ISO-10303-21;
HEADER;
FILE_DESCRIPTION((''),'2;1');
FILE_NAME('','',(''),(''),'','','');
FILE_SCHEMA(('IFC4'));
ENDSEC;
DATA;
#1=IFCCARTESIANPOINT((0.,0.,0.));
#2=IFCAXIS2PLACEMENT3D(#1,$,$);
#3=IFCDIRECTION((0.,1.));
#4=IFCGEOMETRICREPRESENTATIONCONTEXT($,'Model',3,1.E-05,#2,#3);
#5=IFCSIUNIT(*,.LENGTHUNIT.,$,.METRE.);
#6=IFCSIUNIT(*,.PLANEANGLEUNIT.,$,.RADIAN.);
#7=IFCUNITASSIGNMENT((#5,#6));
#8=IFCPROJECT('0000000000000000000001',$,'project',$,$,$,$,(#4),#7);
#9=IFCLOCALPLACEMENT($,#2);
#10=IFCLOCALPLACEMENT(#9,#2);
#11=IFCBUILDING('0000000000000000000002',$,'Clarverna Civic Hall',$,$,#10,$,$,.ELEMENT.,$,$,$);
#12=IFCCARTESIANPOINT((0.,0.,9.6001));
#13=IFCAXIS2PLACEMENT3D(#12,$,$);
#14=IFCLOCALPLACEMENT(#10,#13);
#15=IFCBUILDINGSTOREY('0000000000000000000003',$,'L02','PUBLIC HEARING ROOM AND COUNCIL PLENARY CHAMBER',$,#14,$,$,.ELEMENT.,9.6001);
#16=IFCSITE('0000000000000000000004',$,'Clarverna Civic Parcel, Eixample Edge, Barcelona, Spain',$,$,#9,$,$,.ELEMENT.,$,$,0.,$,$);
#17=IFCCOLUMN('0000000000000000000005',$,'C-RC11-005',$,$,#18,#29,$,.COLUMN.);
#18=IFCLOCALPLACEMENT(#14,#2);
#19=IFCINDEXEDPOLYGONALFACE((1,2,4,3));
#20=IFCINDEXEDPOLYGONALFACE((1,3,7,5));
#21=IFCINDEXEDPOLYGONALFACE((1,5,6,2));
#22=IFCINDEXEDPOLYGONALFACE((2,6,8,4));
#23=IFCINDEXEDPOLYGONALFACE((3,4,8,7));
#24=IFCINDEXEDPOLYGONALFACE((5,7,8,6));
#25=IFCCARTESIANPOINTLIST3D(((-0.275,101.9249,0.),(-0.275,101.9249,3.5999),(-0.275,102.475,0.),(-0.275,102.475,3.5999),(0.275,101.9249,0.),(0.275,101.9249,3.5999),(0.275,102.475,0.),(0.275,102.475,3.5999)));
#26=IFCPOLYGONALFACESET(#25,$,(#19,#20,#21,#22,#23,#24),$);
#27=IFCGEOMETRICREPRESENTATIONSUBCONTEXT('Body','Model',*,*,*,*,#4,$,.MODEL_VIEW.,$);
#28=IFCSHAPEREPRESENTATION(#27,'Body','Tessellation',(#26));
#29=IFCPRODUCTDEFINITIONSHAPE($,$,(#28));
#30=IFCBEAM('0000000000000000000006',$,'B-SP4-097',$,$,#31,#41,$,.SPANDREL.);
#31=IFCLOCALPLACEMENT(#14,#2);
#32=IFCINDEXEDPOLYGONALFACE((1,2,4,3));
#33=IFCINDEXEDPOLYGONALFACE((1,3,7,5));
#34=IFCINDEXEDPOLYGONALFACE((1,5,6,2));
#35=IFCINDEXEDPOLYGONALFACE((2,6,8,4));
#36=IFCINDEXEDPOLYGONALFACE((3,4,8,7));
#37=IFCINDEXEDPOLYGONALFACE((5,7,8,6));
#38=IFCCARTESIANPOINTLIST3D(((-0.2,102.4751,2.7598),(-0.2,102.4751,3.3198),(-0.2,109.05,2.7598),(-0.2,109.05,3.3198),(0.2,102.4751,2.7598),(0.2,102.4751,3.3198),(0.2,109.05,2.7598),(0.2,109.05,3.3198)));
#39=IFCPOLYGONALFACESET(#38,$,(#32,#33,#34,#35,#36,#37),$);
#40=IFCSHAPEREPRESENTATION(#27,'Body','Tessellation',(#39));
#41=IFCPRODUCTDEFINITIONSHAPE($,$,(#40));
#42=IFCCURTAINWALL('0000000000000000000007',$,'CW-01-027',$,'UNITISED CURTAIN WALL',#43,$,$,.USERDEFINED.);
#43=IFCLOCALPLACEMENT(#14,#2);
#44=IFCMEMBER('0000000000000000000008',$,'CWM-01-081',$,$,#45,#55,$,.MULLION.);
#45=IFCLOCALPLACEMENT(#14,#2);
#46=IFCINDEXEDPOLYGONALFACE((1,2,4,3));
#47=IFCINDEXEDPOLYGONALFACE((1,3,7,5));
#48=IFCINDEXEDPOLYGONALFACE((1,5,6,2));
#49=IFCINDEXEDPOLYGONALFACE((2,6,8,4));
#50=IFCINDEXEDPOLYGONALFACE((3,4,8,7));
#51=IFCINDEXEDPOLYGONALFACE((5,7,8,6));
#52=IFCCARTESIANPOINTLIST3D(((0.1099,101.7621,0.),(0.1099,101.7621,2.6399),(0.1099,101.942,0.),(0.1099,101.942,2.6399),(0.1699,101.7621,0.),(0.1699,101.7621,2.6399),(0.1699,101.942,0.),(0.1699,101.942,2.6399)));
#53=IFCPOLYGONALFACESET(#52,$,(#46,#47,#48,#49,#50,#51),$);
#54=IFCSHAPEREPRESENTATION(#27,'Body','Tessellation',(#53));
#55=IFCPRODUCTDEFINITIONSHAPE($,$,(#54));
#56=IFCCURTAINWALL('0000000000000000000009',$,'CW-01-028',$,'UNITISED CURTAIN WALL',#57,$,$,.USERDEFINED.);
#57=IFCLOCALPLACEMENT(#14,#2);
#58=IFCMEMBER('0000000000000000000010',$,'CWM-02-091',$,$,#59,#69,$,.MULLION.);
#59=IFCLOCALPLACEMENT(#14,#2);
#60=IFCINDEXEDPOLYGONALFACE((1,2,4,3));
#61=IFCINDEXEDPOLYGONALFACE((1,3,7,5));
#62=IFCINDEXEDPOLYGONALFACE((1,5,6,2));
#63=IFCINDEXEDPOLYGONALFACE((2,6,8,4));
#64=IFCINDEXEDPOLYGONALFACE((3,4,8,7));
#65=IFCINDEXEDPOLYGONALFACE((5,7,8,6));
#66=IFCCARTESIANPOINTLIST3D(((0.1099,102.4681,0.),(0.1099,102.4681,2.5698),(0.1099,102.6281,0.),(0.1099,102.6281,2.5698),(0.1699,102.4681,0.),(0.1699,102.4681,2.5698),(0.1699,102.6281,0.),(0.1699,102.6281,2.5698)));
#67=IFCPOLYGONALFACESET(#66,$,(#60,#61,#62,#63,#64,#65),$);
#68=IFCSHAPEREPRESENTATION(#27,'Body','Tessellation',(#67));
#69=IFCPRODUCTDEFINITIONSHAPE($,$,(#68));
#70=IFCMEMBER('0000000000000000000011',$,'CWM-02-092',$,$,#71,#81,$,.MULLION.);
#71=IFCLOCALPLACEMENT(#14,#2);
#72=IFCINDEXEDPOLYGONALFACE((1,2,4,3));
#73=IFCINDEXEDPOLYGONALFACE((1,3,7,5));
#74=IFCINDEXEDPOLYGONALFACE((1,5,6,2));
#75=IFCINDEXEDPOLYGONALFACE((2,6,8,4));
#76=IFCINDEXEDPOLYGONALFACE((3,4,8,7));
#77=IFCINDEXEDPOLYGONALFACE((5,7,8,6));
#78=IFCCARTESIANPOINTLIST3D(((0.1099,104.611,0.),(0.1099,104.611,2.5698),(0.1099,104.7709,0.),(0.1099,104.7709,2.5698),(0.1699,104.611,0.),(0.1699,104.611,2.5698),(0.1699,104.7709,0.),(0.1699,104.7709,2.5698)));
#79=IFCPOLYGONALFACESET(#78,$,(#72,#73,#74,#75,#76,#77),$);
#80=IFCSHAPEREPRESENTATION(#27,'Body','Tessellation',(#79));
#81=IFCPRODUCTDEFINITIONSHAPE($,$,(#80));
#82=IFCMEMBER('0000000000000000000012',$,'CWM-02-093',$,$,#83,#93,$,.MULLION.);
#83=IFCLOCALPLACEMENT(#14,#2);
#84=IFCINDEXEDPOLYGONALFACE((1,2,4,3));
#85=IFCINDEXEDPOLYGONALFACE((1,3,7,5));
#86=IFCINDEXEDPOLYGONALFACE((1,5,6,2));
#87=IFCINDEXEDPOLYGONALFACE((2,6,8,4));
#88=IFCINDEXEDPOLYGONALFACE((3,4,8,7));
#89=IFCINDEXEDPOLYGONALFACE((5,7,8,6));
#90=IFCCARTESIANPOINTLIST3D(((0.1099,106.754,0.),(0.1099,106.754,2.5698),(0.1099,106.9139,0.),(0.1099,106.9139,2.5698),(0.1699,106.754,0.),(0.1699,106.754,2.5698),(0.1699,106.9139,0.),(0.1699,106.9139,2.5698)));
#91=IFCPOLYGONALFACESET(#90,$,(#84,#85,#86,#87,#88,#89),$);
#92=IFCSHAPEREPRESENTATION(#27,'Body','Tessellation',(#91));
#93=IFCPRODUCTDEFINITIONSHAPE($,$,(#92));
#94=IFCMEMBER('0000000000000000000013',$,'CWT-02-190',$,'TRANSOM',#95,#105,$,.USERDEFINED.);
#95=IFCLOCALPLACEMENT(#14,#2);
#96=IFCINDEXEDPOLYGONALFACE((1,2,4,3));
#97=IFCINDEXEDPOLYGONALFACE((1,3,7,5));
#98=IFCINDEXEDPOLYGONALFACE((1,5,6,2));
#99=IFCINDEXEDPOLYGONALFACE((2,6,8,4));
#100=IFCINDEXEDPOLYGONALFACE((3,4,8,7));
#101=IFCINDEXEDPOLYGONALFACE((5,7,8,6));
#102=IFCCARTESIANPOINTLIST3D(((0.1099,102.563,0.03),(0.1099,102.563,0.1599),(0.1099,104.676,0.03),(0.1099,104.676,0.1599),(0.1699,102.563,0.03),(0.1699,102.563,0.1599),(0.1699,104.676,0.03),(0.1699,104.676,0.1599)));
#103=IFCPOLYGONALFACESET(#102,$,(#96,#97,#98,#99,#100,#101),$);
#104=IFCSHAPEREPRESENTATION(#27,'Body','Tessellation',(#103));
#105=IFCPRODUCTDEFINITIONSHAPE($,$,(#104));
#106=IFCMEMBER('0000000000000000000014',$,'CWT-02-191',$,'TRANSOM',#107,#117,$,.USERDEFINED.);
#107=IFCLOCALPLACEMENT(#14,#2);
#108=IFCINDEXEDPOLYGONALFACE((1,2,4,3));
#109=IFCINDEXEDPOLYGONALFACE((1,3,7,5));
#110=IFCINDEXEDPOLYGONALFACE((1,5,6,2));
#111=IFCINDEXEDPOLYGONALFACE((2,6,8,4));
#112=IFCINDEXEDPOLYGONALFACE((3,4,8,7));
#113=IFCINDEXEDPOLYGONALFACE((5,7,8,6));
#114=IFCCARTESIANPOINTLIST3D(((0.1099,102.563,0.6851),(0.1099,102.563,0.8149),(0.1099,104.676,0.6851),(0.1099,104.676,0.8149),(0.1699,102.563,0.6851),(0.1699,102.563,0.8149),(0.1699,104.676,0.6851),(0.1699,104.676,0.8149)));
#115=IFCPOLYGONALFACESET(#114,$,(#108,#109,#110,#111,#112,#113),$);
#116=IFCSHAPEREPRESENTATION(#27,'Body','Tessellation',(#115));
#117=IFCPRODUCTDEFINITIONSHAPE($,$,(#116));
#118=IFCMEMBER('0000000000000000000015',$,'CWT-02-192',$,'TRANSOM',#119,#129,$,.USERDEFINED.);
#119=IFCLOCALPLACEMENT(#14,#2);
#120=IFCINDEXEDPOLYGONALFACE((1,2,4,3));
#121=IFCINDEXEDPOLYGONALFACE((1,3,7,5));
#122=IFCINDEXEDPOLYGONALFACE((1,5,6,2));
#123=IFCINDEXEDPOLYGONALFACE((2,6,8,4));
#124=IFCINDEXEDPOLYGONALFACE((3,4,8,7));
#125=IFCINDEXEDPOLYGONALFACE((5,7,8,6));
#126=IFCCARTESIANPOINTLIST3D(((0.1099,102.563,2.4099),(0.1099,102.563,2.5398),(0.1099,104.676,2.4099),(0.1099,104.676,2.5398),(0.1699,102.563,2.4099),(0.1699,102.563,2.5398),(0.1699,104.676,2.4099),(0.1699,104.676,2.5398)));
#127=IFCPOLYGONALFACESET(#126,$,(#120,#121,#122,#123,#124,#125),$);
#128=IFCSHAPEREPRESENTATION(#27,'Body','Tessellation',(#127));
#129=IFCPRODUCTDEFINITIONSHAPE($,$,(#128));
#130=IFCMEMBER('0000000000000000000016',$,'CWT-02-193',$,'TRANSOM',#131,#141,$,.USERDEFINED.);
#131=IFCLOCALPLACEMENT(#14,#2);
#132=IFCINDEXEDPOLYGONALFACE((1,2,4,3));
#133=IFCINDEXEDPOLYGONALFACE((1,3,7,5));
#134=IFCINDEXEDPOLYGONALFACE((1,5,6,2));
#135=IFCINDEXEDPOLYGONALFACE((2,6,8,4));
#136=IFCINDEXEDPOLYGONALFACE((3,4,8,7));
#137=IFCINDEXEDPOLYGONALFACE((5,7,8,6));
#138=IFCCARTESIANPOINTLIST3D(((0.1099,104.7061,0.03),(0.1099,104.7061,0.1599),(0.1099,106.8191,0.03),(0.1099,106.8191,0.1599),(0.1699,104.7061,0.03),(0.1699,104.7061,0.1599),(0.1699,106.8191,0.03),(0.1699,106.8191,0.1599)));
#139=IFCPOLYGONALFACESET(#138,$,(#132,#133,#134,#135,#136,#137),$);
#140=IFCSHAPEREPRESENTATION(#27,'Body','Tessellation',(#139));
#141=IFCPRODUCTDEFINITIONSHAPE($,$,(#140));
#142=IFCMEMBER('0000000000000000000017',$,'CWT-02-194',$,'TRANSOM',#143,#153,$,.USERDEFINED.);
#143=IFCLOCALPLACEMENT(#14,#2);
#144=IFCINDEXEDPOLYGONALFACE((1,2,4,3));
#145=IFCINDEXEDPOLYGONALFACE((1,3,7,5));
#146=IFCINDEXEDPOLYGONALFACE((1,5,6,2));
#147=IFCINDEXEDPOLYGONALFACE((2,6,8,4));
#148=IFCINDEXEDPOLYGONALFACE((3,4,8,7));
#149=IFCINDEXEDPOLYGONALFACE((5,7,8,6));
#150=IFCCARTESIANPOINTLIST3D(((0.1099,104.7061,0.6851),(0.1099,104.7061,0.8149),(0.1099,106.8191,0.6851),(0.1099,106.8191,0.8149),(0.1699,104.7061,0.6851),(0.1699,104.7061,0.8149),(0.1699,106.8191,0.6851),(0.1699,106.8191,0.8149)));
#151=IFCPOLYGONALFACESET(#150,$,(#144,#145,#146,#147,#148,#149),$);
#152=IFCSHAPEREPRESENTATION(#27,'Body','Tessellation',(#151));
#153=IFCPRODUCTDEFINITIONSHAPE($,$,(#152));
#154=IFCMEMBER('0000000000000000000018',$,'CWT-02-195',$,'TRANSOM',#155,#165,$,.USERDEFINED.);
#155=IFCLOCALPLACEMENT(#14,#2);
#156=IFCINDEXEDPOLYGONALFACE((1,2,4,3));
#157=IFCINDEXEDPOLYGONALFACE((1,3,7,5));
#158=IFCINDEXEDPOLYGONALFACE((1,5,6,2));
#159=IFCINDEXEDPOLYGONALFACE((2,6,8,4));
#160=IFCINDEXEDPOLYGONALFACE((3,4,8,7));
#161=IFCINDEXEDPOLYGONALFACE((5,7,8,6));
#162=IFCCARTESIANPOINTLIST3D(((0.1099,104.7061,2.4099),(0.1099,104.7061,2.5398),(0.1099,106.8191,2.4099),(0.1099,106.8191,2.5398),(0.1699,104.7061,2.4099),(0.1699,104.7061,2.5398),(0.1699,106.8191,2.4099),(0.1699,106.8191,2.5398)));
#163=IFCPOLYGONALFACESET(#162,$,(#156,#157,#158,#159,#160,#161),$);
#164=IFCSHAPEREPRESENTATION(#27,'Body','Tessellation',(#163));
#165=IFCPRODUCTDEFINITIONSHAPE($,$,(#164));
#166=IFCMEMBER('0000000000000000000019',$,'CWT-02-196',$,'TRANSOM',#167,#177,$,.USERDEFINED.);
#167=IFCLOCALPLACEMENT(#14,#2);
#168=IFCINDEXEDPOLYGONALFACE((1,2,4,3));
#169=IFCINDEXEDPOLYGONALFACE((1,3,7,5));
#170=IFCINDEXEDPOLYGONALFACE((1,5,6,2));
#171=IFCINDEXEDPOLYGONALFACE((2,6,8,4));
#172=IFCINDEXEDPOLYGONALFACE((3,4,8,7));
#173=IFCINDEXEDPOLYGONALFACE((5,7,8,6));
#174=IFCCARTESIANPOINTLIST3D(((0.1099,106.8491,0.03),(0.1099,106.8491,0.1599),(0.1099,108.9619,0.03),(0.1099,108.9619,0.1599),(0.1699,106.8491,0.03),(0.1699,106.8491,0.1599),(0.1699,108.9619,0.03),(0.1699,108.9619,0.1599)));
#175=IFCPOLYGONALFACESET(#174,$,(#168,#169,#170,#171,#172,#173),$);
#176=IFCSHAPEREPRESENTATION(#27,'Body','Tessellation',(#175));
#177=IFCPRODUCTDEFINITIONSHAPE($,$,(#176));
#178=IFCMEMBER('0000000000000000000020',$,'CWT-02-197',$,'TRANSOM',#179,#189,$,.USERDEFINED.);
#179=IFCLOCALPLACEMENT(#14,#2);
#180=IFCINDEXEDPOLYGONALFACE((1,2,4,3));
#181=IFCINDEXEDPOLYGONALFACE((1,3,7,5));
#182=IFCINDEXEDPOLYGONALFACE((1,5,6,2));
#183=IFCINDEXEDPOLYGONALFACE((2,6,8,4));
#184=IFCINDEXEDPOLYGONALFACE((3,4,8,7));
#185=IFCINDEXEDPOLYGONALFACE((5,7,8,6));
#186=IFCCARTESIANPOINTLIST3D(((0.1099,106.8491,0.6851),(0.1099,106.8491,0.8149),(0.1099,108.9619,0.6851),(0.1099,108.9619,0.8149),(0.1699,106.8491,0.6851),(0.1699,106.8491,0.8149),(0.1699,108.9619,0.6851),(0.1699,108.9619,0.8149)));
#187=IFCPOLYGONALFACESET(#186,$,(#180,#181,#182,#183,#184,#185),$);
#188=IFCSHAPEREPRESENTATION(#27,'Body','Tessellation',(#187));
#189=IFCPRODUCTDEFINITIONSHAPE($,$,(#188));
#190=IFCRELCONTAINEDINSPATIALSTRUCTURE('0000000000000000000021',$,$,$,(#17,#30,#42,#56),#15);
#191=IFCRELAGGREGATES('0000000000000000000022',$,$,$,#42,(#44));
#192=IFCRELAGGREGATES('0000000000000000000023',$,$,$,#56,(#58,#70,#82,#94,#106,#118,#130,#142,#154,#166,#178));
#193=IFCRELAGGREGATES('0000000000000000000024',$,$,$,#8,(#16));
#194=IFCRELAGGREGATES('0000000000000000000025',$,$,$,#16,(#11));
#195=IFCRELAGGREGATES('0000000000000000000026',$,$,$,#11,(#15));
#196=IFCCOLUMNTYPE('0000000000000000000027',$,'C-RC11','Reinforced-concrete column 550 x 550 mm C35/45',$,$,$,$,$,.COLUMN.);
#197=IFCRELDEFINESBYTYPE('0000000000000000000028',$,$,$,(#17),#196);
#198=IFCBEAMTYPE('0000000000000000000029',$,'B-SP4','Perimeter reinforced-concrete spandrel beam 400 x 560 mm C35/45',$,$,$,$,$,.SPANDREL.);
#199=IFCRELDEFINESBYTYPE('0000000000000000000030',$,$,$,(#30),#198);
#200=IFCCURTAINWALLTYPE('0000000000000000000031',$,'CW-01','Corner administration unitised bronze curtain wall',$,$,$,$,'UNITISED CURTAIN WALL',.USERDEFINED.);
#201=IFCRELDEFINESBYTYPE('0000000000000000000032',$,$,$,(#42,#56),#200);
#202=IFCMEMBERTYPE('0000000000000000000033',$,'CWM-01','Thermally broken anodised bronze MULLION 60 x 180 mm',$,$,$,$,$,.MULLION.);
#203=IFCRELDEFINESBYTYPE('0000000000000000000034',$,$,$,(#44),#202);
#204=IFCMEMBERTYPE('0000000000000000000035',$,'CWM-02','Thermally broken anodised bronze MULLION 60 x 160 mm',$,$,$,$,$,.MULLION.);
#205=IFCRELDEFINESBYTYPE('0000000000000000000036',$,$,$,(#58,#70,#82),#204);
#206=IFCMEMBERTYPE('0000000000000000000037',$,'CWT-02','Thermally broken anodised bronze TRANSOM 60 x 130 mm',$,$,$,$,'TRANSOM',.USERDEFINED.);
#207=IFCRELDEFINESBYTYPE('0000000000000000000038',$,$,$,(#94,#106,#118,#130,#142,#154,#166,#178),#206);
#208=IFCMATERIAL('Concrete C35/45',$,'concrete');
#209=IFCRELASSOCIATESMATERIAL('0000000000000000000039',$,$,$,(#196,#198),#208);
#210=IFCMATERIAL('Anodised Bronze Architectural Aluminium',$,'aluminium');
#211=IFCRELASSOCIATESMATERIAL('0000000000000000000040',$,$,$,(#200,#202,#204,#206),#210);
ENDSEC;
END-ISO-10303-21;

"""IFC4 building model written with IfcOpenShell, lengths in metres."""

from ifc_helpers import new_model, si_unit, direction, frame, origin, origin_2d, place, context, subcontext, project, spatial, rectangle, extrude, material, material_profile, profile_set, type_object, element, aggregate, save


model = new_model("IFC4")

# Units and contexts
model_context = context("Model", 3, precision=1e-05, world=origin(), true_north=direction((0.0, 1.0)))
body_context = subcontext(model_context, "Body", "Model", "MODEL_VIEW")
ifc_project = project(units=[si_unit("LENGTHUNIT", "METRE"), si_unit("PLANEANGLEUNIT", "RADIAN")], contexts=[model_context])

# Site, building, storey
site_placement = place(None, origin())
site = spatial("IfcSite", under=ifc_project, at=site_placement, Name="Clarverna Civic Parcel, Eixample Edge, Barcelona, Spain", CompositionType="ELEMENT", RefElevation=0.0)
building_placement = place(site_placement, origin())
building = spatial("IfcBuilding", under=site, at=building_placement, Name="Clarverna Civic Hall", CompositionType="ELEMENT")
storey_placement = place(building_placement, frame((0.0, 0.0, 9.6001)))
storey = spatial("IfcBuildingStorey", under=building, at=storey_placement, Name="L02", Description="PUBLIC HEARING ROOM AND COUNCIL PLENARY CHAMBER", CompositionType="ELEMENT", Elevation=9.6001)

# Column
ifc_material_1 = material(Name="Concrete C35/45", Category="concrete")
ifc_material_profile_1 = material_profile(ifc_material_1, rectangle(XDim=0.55, YDim=0.55, at=origin_2d()), Name="RC 550x550")
ifc_profile_set_1 = profile_set([ifc_material_profile_1], Name="Concrete C35/45")
column_type = type_object("IfcColumnType", Name="C-RC11", Description="Reinforced-concrete column 550 x 550 mm C35/45", PredefinedType="COLUMN", material=ifc_profile_set_1)
column_placement = place(storey_placement, frame((0.0, 102.2, 0.0), z_axis=(0.0, 0.0, 1.0), x_axis=(1.0, 0.0, 0.0)))
element("IfcColumn", 1, at=column_placement, inside=storey, type_object=column_type, Name="C-RC11-005", PredefinedType="COLUMN", context=body_context, shape_type="SweptSolid", body=[
    extrude(rectangle(XDim=0.55, YDim=0.55, at=origin_2d()), origin(), (0.0, 0.0, 1.0), 3.5999),
])

# Beam
ifc_material_profile_2 = material_profile(ifc_material_1, rectangle(XDim=0.3999, YDim=0.5601, at=origin_2d()), Name="RC 400x560")
ifc_profile_set_2 = profile_set([ifc_material_profile_2], Name="Concrete C35/45")
beam_type = type_object("IfcBeamType", Name="B-SP4", Description="Perimeter reinforced-concrete spandrel beam 400 x 560 mm C35/45", PredefinedType="SPANDREL", material=ifc_profile_set_2)
beam_placement = place(storey_placement, frame((0.0, 102.4751, 3.0398), z_axis=(0.0, 1.0, 0.0), x_axis=(-1.0, 0.0, 0.0)))
element("IfcBeam", 2, at=beam_placement, inside=storey, type_object=beam_type, Name="B-SP4-097", PredefinedType="SPANDREL", context=body_context, shape_type="SweptSolid", body=[
    extrude(rectangle(XDim=0.3999, YDim=0.5601, at=origin_2d()), origin(), (0.0, 0.0, 1.0), 6.575),
])

# Curtain wall, member
ifc_material_2 = material(Name="Anodised Bronze Architectural Aluminium", Category="aluminium")
curtain_wall_type = type_object("IfcCurtainWallType", Name="CW-01", Description="Corner administration unitised bronze curtain wall", ElementType="UNITISED CURTAIN WALL", PredefinedType="USERDEFINED", material=ifc_material_2)
curtain_wall_1_placement = place(storey_placement, origin())
curtain_wall_1 = element("IfcCurtainWall", 3, at=curtain_wall_1_placement, inside=storey, type_object=curtain_wall_type, Name="CW-01-027", ObjectType="UNITISED CURTAIN WALL", PredefinedType="USERDEFINED")
ifc_material_profile_3 = material_profile(ifc_material_2, rectangle(XDim=0.0601, YDim=0.1799, at=origin_2d()), Name="BRONZE 60x180")
ifc_profile_set_3 = profile_set([ifc_material_profile_3], Name="Anodised Bronze Architectural Aluminium")
member_type_1 = type_object("IfcMemberType", Name="CWM-01", Description="Thermally broken anodised bronze MULLION 60 x 180 mm", PredefinedType="MULLION", material=ifc_profile_set_3)
member_1_placement = place(storey_placement, frame((0.1399, 101.8521, 0.0), z_axis=(0.0, 0.0, 1.0), x_axis=(1.0, 0.0, 0.0)))
member_1 = element("IfcMember", 4, at=member_1_placement, type_object=member_type_1, Name="CWM-01-081", PredefinedType="MULLION", context=body_context, shape_type="SweptSolid", body=[
    extrude(rectangle(XDim=0.0601, YDim=0.1799, at=origin_2d()), origin(), (0.0, 0.0, 1.0), 2.6399),
])
aggregate(curtain_wall_1, [member_1])

# Curtain wall, members
curtain_wall_2_placement = place(storey_placement, origin())
curtain_wall_2 = element("IfcCurtainWall", 5, at=curtain_wall_2_placement, inside=storey, type_object=curtain_wall_type, Name="CW-01-028", ObjectType="UNITISED CURTAIN WALL", PredefinedType="USERDEFINED")
ifc_material_profile_4 = material_profile(ifc_material_2, rectangle(XDim=0.0601, YDim=0.1599, at=origin_2d()), Name="BRONZE 60x160")
ifc_profile_set_4 = profile_set([ifc_material_profile_4], Name="Anodised Bronze Architectural Aluminium")
member_type_2 = type_object("IfcMemberType", Name="CWM-02", Description="Thermally broken anodised bronze MULLION 60 x 160 mm", PredefinedType="MULLION", material=ifc_profile_set_4)
member_2_placement = place(storey_placement, frame((0.1399, 102.5481, 0.0), z_axis=(0.0, 0.0, 1.0), x_axis=(1.0, 0.0, 0.0)))
member_2 = element("IfcMember", 6, at=member_2_placement, type_object=member_type_2, Name="CWM-02-091", PredefinedType="MULLION", context=body_context, shape_type="SweptSolid", body=[
    extrude(rectangle(XDim=0.0601, YDim=0.1599, at=origin_2d()), origin(), (0.0, 0.0, 1.0), 2.5698),
])
member_3_placement = place(storey_placement, frame((0.1399, 104.6909, 0.0), z_axis=(0.0, 0.0, 1.0), x_axis=(1.0, 0.0, 0.0)))
member_3 = element("IfcMember", 7, at=member_3_placement, type_object=member_type_2, Name="CWM-02-092", PredefinedType="MULLION", context=body_context, shape_type="SweptSolid", body=[
    extrude(rectangle(XDim=0.0601, YDim=0.1599, at=origin_2d()), origin(), (0.0, 0.0, 1.0), 2.5698),
])
member_4_placement = place(storey_placement, frame((0.1399, 106.834, 0.0), z_axis=(0.0, 0.0, 1.0), x_axis=(1.0, 0.0, 0.0)))
member_4 = element("IfcMember", 8, at=member_4_placement, type_object=member_type_2, Name="CWM-02-093", PredefinedType="MULLION", context=body_context, shape_type="SweptSolid", body=[
    extrude(rectangle(XDim=0.0601, YDim=0.1599, at=origin_2d()), origin(), (0.0, 0.0, 1.0), 2.5698),
])
ifc_material_profile_5 = material_profile(ifc_material_2, rectangle(XDim=0.0601, YDim=0.1299, at=origin_2d()), Name="BRONZE 60x130")
ifc_profile_set_5 = profile_set([ifc_material_profile_5], Name="Anodised Bronze Architectural Aluminium")
member_type_3 = type_object("IfcMemberType", Name="CWT-02", Description="Thermally broken anodised bronze TRANSOM 60 x 130 mm", ElementType="TRANSOM", PredefinedType="USERDEFINED", material=ifc_profile_set_5)
member_5_placement = place(storey_placement, frame((0.1399, 102.563, 0.095), z_axis=(0.0, 1.0, 0.0), x_axis=(-1.0, 0.0, 0.0)))
member_5 = element("IfcMember", 9, at=member_5_placement, type_object=member_type_3, Name="CWT-02-190", ObjectType="TRANSOM", PredefinedType="USERDEFINED", context=body_context, shape_type="SweptSolid", body=[
    extrude(rectangle(XDim=0.0601, YDim=0.1299, at=origin_2d()), origin(), (0.0, 0.0, 1.0), 2.113),
])
member_6_placement = place(storey_placement, frame((0.1399, 102.563, 0.75), z_axis=(0.0, 1.0, 0.0), x_axis=(-1.0, 0.0, 0.0)))
member_6 = element("IfcMember", 10, at=member_6_placement, type_object=member_type_3, Name="CWT-02-191", ObjectType="TRANSOM", PredefinedType="USERDEFINED", context=body_context, shape_type="SweptSolid", body=[
    extrude(rectangle(XDim=0.0601, YDim=0.1299, at=origin_2d()), origin(), (0.0, 0.0, 1.0), 2.113),
])
member_7_placement = place(storey_placement, frame((0.1399, 102.563, 2.4749), z_axis=(0.0, 1.0, 0.0), x_axis=(-1.0, 0.0, 0.0)))
member_7 = element("IfcMember", 11, at=member_7_placement, type_object=member_type_3, Name="CWT-02-192", ObjectType="TRANSOM", PredefinedType="USERDEFINED", context=body_context, shape_type="SweptSolid", body=[
    extrude(rectangle(XDim=0.0601, YDim=0.1299, at=origin_2d()), origin(), (0.0, 0.0, 1.0), 2.113),
])
member_8_placement = place(storey_placement, frame((0.1399, 104.7061, 0.095), z_axis=(0.0, 1.0, 0.0), x_axis=(-1.0, 0.0, 0.0)))
member_8 = element("IfcMember", 12, at=member_8_placement, type_object=member_type_3, Name="CWT-02-193", ObjectType="TRANSOM", PredefinedType="USERDEFINED", context=body_context, shape_type="SweptSolid", body=[
    extrude(rectangle(XDim=0.0601, YDim=0.1299, at=origin_2d()), origin(), (0.0, 0.0, 1.0), 2.113),
])
member_9_placement = place(storey_placement, frame((0.1399, 104.7061, 0.75), z_axis=(0.0, 1.0, 0.0), x_axis=(-1.0, 0.0, 0.0)))
member_9 = element("IfcMember", 13, at=member_9_placement, type_object=member_type_3, Name="CWT-02-194", ObjectType="TRANSOM", PredefinedType="USERDEFINED", context=body_context, shape_type="SweptSolid", body=[
    extrude(rectangle(XDim=0.0601, YDim=0.1299, at=origin_2d()), origin(), (0.0, 0.0, 1.0), 2.113),
])
member_10_placement = place(storey_placement, frame((0.1399, 104.7061, 2.4749), z_axis=(0.0, 1.0, 0.0), x_axis=(-1.0, 0.0, 0.0)))
member_10 = element("IfcMember", 14, at=member_10_placement, type_object=member_type_3, Name="CWT-02-195", ObjectType="TRANSOM", PredefinedType="USERDEFINED", context=body_context, shape_type="SweptSolid", body=[
    extrude(rectangle(XDim=0.0601, YDim=0.1299, at=origin_2d()), origin(), (0.0, 0.0, 1.0), 2.113),
])
member_11_placement = place(storey_placement, frame((0.1399, 106.8491, 0.095), z_axis=(0.0, 1.0, 0.0), x_axis=(-1.0, 0.0, 0.0)))
member_11 = element("IfcMember", 15, at=member_11_placement, type_object=member_type_3, Name="CWT-02-196", ObjectType="TRANSOM", PredefinedType="USERDEFINED", context=body_context, shape_type="SweptSolid", body=[
    extrude(rectangle(XDim=0.0601, YDim=0.1299, at=origin_2d()), origin(), (0.0, 0.0, 1.0), 2.1128),
])
member_12_placement = place(storey_placement, frame((0.1399, 106.8491, 0.75), z_axis=(0.0, 1.0, 0.0), x_axis=(-1.0, 0.0, 0.0)))
member_12 = element("IfcMember", 16, at=member_12_placement, type_object=member_type_3, Name="CWT-02-197", ObjectType="TRANSOM", PredefinedType="USERDEFINED", context=body_context, shape_type="SweptSolid", body=[
    extrude(rectangle(XDim=0.0601, YDim=0.1299, at=origin_2d()), origin(), (0.0, 0.0, 1.0), 2.1128),
])
aggregate(curtain_wall_2, [member_2, member_3, member_4, member_5, member_6, member_7, member_8, member_9, member_10, member_11, member_12])

save(model, "model.ifc")
